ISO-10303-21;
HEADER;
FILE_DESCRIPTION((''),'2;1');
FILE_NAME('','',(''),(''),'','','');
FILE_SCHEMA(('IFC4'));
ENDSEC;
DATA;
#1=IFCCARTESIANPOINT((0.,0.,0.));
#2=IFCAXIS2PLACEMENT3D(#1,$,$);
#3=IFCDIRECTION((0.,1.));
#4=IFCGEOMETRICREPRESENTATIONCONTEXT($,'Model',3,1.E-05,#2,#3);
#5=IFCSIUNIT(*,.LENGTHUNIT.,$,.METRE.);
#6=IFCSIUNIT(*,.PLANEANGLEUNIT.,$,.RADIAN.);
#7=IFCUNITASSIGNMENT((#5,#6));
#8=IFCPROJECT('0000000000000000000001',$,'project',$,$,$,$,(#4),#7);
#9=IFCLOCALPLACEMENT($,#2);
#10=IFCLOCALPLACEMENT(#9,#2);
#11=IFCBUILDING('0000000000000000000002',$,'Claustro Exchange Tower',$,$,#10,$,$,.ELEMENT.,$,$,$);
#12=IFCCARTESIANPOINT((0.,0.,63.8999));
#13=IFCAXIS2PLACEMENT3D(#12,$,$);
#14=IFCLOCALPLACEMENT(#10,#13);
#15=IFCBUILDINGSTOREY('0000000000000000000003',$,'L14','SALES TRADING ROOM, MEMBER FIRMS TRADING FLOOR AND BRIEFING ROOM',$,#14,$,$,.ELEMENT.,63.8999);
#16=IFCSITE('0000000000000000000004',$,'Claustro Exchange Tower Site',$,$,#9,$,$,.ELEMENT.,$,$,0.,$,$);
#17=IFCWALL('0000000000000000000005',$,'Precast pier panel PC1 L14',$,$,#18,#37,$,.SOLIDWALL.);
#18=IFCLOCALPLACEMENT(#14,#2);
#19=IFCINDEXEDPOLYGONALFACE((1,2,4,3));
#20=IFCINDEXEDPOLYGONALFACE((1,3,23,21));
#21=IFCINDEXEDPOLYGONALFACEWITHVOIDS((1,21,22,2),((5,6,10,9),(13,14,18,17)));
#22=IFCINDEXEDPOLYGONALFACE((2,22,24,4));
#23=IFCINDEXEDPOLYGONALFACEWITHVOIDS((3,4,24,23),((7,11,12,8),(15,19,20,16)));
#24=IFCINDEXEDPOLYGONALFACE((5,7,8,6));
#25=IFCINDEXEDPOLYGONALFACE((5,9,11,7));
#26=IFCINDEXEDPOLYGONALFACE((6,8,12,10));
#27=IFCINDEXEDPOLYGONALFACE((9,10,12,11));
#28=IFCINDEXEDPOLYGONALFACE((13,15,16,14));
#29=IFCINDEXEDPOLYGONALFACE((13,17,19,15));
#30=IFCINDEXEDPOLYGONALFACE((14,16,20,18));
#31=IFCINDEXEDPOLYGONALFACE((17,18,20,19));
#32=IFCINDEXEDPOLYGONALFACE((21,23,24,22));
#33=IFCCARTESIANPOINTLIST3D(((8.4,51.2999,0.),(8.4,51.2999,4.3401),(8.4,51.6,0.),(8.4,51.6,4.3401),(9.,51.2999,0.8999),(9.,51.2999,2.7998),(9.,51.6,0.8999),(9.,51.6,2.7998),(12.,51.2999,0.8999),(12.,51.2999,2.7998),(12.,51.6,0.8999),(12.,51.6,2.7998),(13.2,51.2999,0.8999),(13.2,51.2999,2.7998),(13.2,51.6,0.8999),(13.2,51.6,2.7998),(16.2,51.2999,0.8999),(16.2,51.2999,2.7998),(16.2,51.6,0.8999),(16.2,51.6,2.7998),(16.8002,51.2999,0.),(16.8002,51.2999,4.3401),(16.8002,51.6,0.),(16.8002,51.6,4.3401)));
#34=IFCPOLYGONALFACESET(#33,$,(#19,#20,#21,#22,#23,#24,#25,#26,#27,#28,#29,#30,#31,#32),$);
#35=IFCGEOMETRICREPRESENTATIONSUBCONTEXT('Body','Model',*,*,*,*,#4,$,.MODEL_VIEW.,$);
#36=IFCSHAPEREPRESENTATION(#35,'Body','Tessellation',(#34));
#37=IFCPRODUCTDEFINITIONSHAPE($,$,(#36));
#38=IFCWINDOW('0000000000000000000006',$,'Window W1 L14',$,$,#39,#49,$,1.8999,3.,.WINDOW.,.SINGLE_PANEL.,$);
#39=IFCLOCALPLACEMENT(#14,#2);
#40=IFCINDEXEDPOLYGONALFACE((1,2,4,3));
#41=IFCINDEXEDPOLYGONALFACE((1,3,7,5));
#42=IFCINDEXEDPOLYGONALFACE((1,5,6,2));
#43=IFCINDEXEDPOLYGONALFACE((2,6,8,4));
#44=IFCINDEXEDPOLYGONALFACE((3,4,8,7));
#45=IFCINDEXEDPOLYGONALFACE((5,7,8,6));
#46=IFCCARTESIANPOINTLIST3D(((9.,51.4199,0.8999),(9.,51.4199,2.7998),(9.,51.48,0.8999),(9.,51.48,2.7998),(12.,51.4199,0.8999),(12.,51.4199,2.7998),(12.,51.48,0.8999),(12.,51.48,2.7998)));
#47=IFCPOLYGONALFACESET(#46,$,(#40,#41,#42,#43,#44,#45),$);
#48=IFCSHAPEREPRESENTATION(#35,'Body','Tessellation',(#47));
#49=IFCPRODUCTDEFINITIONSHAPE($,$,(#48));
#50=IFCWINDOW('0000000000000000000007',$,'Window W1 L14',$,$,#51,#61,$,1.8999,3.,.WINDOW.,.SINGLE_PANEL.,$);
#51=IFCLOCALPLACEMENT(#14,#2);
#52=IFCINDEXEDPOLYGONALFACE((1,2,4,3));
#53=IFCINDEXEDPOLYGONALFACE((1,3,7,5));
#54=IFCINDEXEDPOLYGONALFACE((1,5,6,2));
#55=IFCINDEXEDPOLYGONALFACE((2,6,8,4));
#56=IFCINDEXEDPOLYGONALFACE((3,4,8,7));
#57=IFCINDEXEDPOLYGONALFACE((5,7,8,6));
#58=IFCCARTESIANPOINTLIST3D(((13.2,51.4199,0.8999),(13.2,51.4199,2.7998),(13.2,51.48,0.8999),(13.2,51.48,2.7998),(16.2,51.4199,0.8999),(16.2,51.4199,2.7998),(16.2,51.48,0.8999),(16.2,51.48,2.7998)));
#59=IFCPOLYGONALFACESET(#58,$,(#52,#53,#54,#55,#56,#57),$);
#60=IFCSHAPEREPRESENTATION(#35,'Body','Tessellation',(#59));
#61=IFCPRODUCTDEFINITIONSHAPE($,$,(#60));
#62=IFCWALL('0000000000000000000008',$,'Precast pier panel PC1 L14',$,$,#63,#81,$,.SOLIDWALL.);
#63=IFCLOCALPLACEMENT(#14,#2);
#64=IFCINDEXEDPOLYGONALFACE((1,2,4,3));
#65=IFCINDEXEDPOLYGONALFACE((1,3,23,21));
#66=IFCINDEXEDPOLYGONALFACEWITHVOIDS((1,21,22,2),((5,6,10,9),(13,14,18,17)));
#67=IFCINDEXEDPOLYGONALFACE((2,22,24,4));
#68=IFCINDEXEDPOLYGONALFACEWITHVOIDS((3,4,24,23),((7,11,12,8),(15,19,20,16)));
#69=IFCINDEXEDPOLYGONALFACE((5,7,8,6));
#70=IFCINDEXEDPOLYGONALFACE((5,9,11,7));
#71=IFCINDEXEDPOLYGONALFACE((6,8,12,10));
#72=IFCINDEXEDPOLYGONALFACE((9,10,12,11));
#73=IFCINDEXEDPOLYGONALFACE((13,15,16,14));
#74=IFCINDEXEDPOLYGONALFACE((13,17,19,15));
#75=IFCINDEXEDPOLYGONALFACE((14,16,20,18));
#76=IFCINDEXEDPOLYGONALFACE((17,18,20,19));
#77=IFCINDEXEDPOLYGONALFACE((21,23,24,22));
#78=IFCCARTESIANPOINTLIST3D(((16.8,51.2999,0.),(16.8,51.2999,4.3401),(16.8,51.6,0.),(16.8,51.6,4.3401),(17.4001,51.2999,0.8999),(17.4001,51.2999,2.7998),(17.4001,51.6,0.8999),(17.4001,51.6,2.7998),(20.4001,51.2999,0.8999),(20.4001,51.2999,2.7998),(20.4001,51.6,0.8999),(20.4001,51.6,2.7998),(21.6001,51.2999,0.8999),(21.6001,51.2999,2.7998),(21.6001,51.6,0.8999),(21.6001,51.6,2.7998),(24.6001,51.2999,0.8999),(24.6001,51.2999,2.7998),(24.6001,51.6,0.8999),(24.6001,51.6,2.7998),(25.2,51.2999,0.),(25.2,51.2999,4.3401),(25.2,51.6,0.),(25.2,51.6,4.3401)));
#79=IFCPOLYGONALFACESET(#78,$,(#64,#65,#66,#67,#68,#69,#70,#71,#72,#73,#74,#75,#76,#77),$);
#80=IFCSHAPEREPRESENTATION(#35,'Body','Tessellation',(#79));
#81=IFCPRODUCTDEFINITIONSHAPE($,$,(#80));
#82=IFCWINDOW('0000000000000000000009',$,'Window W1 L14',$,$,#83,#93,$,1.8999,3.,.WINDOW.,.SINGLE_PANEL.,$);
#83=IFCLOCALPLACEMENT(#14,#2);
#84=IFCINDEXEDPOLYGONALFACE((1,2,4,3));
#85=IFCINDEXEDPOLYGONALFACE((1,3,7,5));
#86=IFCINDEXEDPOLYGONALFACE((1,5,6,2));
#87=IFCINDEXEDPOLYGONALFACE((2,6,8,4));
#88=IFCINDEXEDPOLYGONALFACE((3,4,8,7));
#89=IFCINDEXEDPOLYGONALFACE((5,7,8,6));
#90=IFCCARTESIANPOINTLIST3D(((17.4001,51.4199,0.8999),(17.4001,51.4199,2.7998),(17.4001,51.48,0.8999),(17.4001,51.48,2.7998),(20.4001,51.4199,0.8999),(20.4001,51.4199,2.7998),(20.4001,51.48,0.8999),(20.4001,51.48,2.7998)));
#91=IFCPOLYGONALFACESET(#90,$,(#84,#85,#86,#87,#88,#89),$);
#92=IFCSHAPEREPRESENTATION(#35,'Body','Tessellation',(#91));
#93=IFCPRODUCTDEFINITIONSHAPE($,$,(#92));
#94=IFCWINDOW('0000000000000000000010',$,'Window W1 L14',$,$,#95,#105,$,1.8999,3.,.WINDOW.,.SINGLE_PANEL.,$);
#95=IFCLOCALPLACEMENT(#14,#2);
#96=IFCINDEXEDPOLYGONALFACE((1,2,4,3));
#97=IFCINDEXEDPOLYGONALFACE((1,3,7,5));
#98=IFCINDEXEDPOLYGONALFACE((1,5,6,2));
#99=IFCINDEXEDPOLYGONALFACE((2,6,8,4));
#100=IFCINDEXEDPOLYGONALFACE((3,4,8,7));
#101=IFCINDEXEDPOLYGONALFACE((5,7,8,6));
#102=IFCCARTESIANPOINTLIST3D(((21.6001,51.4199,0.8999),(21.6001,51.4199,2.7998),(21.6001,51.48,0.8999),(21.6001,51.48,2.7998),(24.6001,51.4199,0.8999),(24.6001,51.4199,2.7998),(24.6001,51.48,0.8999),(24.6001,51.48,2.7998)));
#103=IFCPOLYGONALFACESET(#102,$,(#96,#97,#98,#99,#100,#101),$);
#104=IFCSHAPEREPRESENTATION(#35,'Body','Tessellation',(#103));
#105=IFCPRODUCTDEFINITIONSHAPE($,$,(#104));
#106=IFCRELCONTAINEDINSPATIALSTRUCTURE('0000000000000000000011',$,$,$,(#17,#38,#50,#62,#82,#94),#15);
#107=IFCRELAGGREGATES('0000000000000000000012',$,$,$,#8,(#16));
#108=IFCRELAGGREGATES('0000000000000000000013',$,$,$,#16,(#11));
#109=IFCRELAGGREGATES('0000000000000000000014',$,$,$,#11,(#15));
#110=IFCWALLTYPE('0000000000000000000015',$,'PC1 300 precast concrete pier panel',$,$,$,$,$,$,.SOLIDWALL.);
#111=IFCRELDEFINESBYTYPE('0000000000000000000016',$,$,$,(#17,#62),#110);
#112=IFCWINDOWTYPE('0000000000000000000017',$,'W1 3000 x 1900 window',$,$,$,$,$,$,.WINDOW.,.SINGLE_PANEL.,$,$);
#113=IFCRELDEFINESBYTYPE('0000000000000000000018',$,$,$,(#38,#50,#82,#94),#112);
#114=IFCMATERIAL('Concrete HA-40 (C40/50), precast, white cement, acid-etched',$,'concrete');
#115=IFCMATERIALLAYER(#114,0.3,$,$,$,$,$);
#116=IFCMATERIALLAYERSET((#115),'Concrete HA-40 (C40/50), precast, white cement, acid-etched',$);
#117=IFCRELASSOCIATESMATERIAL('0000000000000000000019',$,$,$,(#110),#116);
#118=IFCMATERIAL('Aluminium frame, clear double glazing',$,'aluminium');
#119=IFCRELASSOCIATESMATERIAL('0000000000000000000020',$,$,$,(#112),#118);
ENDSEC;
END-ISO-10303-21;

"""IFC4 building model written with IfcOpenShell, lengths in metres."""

from ifc_helpers import new_model, si_unit, direction, frame, frame_2d, origin, place, context, subcontext, project, spatial, rectangle, extrude, material, layer, layer_set, type_object, element, fill, save


model = new_model("IFC4")

# Units and contexts
model_context = context("Model", 3, precision=1e-05, world=origin(), true_north=direction((0.0, 1.0)))
body_context = subcontext(model_context, "Body", "Model", "MODEL_VIEW")
ifc_project = project(units=[si_unit("LENGTHUNIT", "METRE"), si_unit("PLANEANGLEUNIT", "RADIAN")], contexts=[model_context])

# Site, building, storey
site_placement = place(None, origin())
site = spatial("IfcSite", under=ifc_project, at=site_placement, Name="Claustro Exchange Tower Site", CompositionType="ELEMENT", RefElevation=0.0)
building_placement = place(site_placement, origin())
building = spatial("IfcBuilding", under=site, at=building_placement, Name="Claustro Exchange Tower", CompositionType="ELEMENT")
storey_placement = place(building_placement, frame((0.0, 0.0, 63.8999)))
storey = spatial("IfcBuildingStorey", under=building, at=storey_placement, Name="L14", Description="SALES TRADING ROOM, MEMBER FIRMS TRADING FLOOR AND BRIEFING ROOM", CompositionType="ELEMENT", Elevation=63.8999)

# Walls, openings, windows
ifc_material_1 = material(Name="Concrete HA-40 (C40/50), precast, white cement, acid-etched", Category="concrete")
ifc_layer_1 = layer(ifc_material_1, 0.3)
ifc_layer_set_1 = layer_set([ifc_layer_1], Name="Concrete HA-40 (C40/50), precast, white cement, acid-etched")
wall_type_1 = type_object("IfcWallType", Name="PC1 300 precast concrete pier panel", PredefinedType="SOLIDWALL", material=ifc_layer_set_1)
wall_1_placement = place(storey_placement, frame((8.3999, 51.45, 0.0), z_axis=(0.0, 0.0, 1.0), x_axis=(1.0, 0.0, 0.0)))
wall_1 = element("IfcWall", 1, at=wall_1_placement, inside=storey, type_object=wall_type_1, Name="Precast pier panel PC1 L14", PredefinedType="SOLIDWALL", context=body_context, shape_type="SweptSolid", body=[
    extrude(rectangle(XDim=8.4001, YDim=0.3, at=frame_2d((4.2002, 0.0))), origin(), (0.0, 0.0, 1.0), 4.3401),
])
opening_1_placement = place(wall_1_placement, frame((0.6001, 0.0, 0.8999)))
opening_1 = element("IfcOpeningElement", 2, at=opening_1_placement, cuts=wall_1, PredefinedType="OPENING", context=body_context, shape_type="SweptSolid", body=[
    extrude(rectangle(XDim=3.0, YDim=1.8999, at=frame_2d((1.5, 0.95))), frame((0.0, 0.1599, 0.0), z_axis=(0.0, -1.0, 0.0), x_axis=(1.0, 0.0, 0.0)), (0.0, 0.0, 1.0), 0.3201),
])
opening_2_placement = place(wall_1_placement, frame((4.8, 0.0, 0.8999)))
opening_2 = element("IfcOpeningElement", 3, at=opening_2_placement, cuts=wall_1, PredefinedType="OPENING", context=body_context, shape_type="SweptSolid", body=[
    extrude(rectangle(XDim=3.0, YDim=1.8999, at=frame_2d((1.5, 0.95))), frame((0.0, 0.1599, 0.0), z_axis=(0.0, -1.0, 0.0), x_axis=(1.0, 0.0, 0.0)), (0.0, 0.0, 1.0), 0.3201),
])
ifc_material_2 = material(Name="Aluminium frame, clear double glazing", Category="aluminium")
window_type = type_object("IfcWindowType", Name="W1 3000 x 1900 window", PartitioningType="SINGLE_PANEL", PredefinedType="WINDOW", material=ifc_material_2)
window_1_placement = place(opening_1_placement, origin())
window_1 = element("IfcWindow", 4, at=window_1_placement, inside=storey, type_object=window_type, Name="Window W1 L14", OverallHeight=1.8999, OverallWidth=3.0, PartitioningType="SINGLE_PANEL", PredefinedType="WINDOW", context=body_context, shape_type="SweptSolid", body=[
    extrude(rectangle(XDim=3.0, YDim=1.8999, at=frame_2d((1.5, 0.95))), frame((0.0, 0.03, 0.0), z_axis=(0.0, -1.0, 0.0), x_axis=(1.0, 0.0, 0.0)), (0.0, 0.0, 1.0), 0.0601),
])
fill(opening_1, window_1)
window_2_placement = place(opening_2_placement, origin())
window_2 = element("IfcWindow", 5, at=window_2_placement, inside=storey, type_object=window_type, Name="Window W1 L14", OverallHeight=1.8999, OverallWidth=3.0, PartitioningType="SINGLE_PANEL", PredefinedType="WINDOW", context=body_context, shape_type="SweptSolid", body=[
    extrude(rectangle(XDim=3.0, YDim=1.8999, at=frame_2d((1.5, 0.95))), frame((0.0, 0.03, 0.0), z_axis=(0.0, -1.0, 0.0), x_axis=(1.0, 0.0, 0.0)), (0.0, 0.0, 1.0), 0.0601),
])
fill(opening_2, window_2)
wall_2_placement = place(storey_placement, frame((16.8, 51.45, 0.0), z_axis=(0.0, 0.0, 1.0), x_axis=(1.0, 0.0, 0.0)))
wall_2 = element("IfcWall", 6, at=wall_2_placement, inside=storey, type_object=wall_type_1, Name="Precast pier panel PC1 L14", PredefinedType="SOLIDWALL", context=body_context, shape_type="SweptSolid", body=[
    extrude(rectangle(XDim=8.3999, YDim=0.3, at=frame_2d((4.2, 0.0))), origin(), (0.0, 0.0, 1.0), 4.3401),
])
opening_3_placement = place(wall_2_placement, frame((0.6001, 0.0, 0.8999)))
opening_3 = element("IfcOpeningElement", 7, at=opening_3_placement, cuts=wall_2, PredefinedType="OPENING", context=body_context, shape_type="SweptSolid", body=[
    extrude(rectangle(XDim=3.0, YDim=1.8999, at=frame_2d((1.5, 0.95))), frame((0.0, 0.1599, 0.0), z_axis=(0.0, -1.0, 0.0), x_axis=(1.0, 0.0, 0.0)), (0.0, 0.0, 1.0), 0.3201),
])
opening_4_placement = place(wall_2_placement, frame((4.8, 0.0, 0.8999)))
opening_4 = element("IfcOpeningElement", 8, at=opening_4_placement, cuts=wall_2, PredefinedType="OPENING", context=body_context, shape_type="SweptSolid", body=[
    extrude(rectangle(XDim=3.0, YDim=1.8999, at=frame_2d((1.5, 0.95))), frame((0.0, 0.1599, 0.0), z_axis=(0.0, -1.0, 0.0), x_axis=(1.0, 0.0, 0.0)), (0.0, 0.0, 1.0), 0.3201),
])
window_3_placement = place(opening_3_placement, origin())
window_3 = element("IfcWindow", 9, at=window_3_placement, inside=storey, type_object=window_type, Name="Window W1 L14", OverallHeight=1.8999, OverallWidth=3.0, PartitioningType="SINGLE_PANEL", PredefinedType="WINDOW", context=body_context, shape_type="SweptSolid", body=[
    extrude(rectangle(XDim=3.0, YDim=1.8999, at=frame_2d((1.5, 0.95))), frame((0.0, 0.03, 0.0), z_axis=(0.0, -1.0, 0.0), x_axis=(1.0, 0.0, 0.0)), (0.0, 0.0, 1.0), 0.0601),
])
fill(opening_3, window_3)
window_4_placement = place(opening_4_placement, origin())
window_4 = element("IfcWindow", 10, at=window_4_placement, inside=storey, type_object=window_type, Name="Window W1 L14", OverallHeight=1.8999, OverallWidth=3.0, PartitioningType="SINGLE_PANEL", PredefinedType="WINDOW", context=body_context, shape_type="SweptSolid", body=[
    extrude(rectangle(XDim=3.0, YDim=1.8999, at=frame_2d((1.5, 0.95))), frame((0.0, 0.03, 0.0), z_axis=(0.0, -1.0, 0.0), x_axis=(1.0, 0.0, 0.0)), (0.0, 0.0, 1.0), 0.0601),
])
fill(opening_4, window_4)

save(model, "model.ifc")
